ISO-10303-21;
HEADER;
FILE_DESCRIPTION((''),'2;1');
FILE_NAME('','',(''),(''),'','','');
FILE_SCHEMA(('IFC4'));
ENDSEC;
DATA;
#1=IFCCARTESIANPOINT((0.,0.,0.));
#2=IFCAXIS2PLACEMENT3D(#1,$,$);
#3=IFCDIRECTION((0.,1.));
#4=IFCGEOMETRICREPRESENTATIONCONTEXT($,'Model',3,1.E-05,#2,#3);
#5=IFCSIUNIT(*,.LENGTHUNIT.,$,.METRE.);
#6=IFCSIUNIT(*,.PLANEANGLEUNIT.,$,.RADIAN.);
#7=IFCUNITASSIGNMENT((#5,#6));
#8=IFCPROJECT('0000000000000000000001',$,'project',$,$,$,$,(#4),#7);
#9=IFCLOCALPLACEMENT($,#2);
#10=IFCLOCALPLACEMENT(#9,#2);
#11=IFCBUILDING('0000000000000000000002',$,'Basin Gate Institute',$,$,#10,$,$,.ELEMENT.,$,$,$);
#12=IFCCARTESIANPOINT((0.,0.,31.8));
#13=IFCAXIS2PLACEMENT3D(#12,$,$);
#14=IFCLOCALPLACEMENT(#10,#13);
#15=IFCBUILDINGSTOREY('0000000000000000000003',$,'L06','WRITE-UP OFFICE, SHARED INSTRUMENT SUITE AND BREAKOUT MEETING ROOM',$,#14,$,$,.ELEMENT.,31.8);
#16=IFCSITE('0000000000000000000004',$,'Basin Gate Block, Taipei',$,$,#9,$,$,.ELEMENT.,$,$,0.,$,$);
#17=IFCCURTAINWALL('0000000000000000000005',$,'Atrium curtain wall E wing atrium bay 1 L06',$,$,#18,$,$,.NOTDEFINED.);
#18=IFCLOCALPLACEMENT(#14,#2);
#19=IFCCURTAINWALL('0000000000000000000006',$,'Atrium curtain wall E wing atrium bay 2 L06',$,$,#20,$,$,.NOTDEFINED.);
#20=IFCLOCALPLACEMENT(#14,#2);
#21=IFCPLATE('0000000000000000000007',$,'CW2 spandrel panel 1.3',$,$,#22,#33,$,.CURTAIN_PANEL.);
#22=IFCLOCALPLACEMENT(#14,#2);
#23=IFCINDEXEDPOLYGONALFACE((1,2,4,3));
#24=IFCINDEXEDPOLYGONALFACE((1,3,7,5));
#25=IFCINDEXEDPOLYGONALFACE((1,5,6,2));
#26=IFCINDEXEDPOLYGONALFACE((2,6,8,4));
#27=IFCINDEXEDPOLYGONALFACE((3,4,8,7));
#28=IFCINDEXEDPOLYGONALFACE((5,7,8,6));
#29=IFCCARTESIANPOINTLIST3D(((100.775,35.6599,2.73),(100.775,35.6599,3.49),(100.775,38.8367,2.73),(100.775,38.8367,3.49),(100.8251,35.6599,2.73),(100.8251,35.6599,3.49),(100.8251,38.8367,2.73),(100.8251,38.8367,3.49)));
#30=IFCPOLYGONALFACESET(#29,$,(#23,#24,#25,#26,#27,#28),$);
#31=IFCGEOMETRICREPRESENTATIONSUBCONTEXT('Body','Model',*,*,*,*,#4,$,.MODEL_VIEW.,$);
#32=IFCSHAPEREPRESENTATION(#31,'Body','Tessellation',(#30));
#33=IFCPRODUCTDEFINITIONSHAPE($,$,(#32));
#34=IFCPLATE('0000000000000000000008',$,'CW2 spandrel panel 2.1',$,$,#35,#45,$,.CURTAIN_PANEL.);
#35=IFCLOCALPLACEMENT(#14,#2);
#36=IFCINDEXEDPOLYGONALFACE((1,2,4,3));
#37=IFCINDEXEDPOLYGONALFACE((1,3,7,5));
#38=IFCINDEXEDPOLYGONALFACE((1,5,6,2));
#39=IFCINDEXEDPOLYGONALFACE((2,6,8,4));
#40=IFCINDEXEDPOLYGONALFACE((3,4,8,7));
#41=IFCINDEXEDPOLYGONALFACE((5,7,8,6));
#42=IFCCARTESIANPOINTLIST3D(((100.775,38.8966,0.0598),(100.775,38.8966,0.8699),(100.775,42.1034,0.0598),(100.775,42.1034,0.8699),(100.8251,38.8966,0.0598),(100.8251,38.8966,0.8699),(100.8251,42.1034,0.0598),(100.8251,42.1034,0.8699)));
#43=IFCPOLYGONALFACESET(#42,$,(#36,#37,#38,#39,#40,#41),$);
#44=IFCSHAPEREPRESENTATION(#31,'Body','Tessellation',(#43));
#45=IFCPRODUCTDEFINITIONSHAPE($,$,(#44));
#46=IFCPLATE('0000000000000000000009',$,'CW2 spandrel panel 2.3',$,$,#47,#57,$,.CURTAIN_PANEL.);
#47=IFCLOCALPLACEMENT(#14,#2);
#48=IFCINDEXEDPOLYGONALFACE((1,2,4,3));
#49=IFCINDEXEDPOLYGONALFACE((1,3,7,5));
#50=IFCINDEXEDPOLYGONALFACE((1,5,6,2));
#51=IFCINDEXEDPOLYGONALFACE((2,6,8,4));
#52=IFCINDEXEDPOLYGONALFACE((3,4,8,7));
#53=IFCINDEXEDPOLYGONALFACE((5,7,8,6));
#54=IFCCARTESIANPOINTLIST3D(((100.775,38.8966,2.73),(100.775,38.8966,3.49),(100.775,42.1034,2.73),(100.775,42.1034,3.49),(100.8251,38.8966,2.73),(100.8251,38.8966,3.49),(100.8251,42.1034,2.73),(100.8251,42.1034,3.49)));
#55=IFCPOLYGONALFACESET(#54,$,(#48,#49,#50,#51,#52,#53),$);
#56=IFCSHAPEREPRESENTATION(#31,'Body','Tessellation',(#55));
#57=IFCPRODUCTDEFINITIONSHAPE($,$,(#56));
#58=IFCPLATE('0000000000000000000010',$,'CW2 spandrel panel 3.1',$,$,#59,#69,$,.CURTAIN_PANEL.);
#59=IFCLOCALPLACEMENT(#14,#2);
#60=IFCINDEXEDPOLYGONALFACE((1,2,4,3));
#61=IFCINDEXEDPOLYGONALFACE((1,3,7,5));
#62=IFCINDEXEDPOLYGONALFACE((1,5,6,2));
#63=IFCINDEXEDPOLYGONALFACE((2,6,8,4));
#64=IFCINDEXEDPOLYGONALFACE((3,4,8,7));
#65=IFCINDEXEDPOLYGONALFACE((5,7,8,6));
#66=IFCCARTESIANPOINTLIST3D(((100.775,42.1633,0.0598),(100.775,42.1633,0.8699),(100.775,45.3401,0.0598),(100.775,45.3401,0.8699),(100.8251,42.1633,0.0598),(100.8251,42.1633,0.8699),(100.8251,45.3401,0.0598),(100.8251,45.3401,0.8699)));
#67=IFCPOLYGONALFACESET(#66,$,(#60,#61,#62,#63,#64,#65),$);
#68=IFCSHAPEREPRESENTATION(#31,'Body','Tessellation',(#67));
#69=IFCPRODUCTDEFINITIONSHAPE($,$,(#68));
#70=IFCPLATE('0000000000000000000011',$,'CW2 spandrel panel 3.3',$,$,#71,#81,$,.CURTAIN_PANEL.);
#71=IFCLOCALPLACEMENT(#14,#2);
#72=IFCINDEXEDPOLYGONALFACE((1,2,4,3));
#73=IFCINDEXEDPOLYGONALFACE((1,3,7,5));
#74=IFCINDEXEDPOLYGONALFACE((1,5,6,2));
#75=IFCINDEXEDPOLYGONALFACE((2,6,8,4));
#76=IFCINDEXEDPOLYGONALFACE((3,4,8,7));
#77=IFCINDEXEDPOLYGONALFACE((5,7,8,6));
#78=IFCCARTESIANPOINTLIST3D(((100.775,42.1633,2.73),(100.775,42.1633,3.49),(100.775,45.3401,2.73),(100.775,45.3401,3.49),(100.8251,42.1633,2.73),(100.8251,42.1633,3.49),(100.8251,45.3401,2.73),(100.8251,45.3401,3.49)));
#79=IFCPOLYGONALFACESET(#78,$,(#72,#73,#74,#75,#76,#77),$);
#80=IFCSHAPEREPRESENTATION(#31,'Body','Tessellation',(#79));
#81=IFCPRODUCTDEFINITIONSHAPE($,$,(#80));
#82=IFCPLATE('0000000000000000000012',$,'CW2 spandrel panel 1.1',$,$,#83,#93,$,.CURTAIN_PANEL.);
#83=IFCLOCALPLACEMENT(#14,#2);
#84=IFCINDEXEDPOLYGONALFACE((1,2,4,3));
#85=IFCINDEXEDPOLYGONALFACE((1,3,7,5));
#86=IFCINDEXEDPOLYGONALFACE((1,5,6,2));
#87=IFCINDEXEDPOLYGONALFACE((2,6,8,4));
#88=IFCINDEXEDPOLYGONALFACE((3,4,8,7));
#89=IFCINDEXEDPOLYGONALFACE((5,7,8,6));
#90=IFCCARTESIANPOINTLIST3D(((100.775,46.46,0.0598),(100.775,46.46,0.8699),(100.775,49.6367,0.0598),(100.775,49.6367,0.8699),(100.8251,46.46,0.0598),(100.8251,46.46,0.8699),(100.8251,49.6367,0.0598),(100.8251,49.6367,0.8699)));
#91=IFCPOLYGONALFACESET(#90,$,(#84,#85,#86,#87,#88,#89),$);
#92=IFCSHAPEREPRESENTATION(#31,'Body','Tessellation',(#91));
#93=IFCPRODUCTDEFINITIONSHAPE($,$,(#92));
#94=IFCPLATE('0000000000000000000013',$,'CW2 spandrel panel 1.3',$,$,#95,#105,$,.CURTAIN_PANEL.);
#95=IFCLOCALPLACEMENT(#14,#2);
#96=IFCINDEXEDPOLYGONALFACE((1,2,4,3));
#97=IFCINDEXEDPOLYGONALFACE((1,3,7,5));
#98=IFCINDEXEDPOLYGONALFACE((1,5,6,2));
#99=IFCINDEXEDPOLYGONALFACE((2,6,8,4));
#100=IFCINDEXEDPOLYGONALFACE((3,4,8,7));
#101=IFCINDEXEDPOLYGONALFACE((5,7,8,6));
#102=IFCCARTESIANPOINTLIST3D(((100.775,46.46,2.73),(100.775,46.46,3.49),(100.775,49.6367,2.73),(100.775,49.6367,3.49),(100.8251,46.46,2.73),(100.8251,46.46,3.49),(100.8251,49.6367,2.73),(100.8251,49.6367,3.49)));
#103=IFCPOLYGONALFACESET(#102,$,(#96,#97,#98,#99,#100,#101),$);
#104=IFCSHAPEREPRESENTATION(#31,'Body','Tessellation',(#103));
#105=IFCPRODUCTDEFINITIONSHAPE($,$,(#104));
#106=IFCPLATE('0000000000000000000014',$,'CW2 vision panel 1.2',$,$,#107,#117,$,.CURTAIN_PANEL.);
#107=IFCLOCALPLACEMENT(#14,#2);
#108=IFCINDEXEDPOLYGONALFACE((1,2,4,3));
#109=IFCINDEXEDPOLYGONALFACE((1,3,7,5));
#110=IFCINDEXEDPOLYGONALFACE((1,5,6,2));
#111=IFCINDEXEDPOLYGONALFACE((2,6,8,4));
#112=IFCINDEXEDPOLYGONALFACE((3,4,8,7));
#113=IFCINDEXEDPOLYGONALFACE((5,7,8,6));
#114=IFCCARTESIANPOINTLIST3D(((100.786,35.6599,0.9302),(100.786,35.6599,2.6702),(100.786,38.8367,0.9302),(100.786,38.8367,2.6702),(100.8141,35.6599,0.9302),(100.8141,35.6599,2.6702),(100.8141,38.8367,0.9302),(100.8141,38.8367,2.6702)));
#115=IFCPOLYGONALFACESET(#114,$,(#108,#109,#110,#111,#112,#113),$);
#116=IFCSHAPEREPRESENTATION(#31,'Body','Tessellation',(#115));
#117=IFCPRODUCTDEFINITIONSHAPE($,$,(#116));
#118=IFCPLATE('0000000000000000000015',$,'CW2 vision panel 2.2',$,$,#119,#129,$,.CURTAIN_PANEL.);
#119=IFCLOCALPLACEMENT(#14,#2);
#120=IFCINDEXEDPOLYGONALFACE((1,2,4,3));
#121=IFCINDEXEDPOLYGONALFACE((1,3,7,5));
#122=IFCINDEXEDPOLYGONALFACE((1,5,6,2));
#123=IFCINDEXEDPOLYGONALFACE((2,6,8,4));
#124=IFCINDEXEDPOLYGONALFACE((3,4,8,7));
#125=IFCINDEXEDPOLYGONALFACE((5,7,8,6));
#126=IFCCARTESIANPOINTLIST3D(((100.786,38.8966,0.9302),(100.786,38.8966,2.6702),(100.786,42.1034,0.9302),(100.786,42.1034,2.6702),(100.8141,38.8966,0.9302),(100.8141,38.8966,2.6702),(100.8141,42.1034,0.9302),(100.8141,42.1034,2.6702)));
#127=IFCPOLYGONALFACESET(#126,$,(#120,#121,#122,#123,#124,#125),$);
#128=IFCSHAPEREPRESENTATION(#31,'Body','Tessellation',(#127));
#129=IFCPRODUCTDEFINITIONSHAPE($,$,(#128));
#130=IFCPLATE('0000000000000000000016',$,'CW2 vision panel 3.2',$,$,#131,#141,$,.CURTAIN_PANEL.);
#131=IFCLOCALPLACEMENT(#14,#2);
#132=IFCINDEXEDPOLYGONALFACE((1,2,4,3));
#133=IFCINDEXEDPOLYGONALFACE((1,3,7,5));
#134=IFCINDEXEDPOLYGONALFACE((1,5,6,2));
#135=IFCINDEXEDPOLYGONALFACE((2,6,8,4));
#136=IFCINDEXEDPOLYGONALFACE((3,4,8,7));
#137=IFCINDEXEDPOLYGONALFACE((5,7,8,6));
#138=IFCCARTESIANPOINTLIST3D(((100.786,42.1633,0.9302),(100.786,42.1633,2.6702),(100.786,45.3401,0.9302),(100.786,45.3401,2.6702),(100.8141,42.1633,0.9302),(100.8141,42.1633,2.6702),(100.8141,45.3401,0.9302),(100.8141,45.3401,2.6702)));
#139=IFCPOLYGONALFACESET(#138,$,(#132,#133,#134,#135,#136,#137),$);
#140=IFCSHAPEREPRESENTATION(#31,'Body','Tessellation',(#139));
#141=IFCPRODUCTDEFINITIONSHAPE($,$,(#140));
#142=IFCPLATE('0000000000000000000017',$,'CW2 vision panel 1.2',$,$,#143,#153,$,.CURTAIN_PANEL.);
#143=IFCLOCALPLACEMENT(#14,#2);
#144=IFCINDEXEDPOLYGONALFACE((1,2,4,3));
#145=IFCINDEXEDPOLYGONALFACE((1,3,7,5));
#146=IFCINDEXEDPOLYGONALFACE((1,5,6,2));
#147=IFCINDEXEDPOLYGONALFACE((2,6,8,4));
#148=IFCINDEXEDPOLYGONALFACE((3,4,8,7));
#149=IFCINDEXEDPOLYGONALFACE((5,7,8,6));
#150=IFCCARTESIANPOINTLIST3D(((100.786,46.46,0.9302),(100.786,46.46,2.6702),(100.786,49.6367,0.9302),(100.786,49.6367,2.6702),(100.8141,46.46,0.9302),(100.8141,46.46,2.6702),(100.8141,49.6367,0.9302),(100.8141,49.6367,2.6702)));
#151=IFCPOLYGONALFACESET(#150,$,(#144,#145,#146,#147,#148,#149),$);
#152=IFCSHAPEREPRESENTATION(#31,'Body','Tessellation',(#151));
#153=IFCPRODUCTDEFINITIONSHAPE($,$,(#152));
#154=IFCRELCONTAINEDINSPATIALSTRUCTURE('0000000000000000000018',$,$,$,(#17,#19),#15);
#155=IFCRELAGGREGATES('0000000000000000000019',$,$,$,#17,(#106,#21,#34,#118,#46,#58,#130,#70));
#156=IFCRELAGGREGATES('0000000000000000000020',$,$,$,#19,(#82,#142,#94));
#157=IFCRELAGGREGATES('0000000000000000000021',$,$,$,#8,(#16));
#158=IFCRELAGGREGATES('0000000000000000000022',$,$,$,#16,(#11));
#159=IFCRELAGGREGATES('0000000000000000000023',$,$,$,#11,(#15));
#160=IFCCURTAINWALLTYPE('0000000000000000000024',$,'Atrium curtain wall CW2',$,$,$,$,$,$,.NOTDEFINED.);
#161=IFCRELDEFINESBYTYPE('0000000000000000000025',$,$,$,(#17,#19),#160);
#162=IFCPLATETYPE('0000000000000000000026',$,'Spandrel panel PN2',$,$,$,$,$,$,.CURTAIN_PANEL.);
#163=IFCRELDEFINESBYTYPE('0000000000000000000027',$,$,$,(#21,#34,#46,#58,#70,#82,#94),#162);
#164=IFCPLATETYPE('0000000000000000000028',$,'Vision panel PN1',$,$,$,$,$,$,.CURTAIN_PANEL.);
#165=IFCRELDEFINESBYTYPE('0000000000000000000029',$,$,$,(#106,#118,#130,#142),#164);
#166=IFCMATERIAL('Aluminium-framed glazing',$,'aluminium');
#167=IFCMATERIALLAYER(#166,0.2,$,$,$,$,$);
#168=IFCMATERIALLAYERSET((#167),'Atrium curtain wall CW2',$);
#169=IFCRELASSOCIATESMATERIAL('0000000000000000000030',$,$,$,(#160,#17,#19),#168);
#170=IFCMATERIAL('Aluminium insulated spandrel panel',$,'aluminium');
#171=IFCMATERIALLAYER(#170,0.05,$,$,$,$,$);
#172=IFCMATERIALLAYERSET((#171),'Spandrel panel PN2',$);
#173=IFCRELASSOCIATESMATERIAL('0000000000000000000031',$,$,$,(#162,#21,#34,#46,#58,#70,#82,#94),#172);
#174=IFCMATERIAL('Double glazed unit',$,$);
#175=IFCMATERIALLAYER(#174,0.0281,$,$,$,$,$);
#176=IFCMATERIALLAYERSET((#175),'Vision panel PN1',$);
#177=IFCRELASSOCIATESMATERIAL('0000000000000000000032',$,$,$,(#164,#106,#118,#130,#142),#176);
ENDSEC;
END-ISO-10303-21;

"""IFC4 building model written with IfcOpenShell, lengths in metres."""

from ifc_helpers import new_model, si_unit, direction, frame, origin, origin_2d, place, context, subcontext, project, spatial, rectangle, extrude, material, layer, layer_set, type_object, element, aggregate, save


model = new_model("IFC4")

# Units and contexts
model_context = context("Model", 3, precision=1e-05, world=origin(), true_north=direction((0.0, 1.0)))
body_context = subcontext(model_context, "Body", "Model", "MODEL_VIEW")
ifc_project = project(units=[si_unit("LENGTHUNIT", "METRE"), si_unit("PLANEANGLEUNIT", "RADIAN")], contexts=[model_context])

# Site, building, storey
site_placement = place(None, origin())
site = spatial("IfcSite", under=ifc_project, at=site_placement, Name="Basin Gate Block, Taipei", CompositionType="ELEMENT", RefElevation=0.0)
building_placement = place(site_placement, origin())
building = spatial("IfcBuilding", under=site, at=building_placement, Name="Basin Gate Institute", CompositionType="ELEMENT")
storey_placement = place(building_placement, frame((0.0, 0.0, 31.8)))
storey = spatial("IfcBuildingStorey", under=building, at=storey_placement, Name="L06", Description="WRITE-UP OFFICE, SHARED INSTRUMENT SUITE AND BREAKOUT MEETING ROOM", CompositionType="ELEMENT", Elevation=31.8)

# Curtain walls
ifc_material_1 = material(Name="Aluminium-framed glazing", Category="aluminium")
ifc_layer_1 = layer(ifc_material_1, 0.2)
ifc_layer_set_1 = layer_set([ifc_layer_1], Name="Atrium curtain wall CW2")
curtain_wall_type = type_object("IfcCurtainWallType", Name="Atrium curtain wall CW2", PredefinedType="NOTDEFINED", material=ifc_layer_set_1)
curtain_wall_1_placement = place(storey_placement, origin())
curtain_wall_1 = element("IfcCurtainWall", 1, at=curtain_wall_1_placement, inside=storey, type_object=curtain_wall_type, material=ifc_layer_set_1, Name="Atrium curtain wall E wing atrium bay 1 L06", PredefinedType="NOTDEFINED")
curtain_wall_2_placement = place(storey_placement, origin())
curtain_wall_2 = element("IfcCurtainWall", 2, at=curtain_wall_2_placement, inside=storey, type_object=curtain_wall_type, material=ifc_layer_set_1, Name="Atrium curtain wall E wing atrium bay 2 L06", PredefinedType="NOTDEFINED")

# Plates
ifc_material_2 = material(Name="Aluminium insulated spandrel panel", Category="aluminium")
ifc_layer_2 = layer(ifc_material_2, 0.05)
ifc_layer_set_2 = layer_set([ifc_layer_2], Name="Spandrel panel PN2")
plate_type_1 = type_object("IfcPlateType", Name="Spandrel panel PN2", PredefinedType="CURTAIN_PANEL", material=ifc_layer_set_2)
plate_1_placement = place(storey_placement, frame((100.8, 37.2483, 2.73), z_axis=(0.0, 0.0, 1.0), x_axis=(0.0, 1.0, 0.0)))
plate_1 = element("IfcPlate", 3, at=plate_1_placement, type_object=plate_type_1, material=ifc_layer_set_2, Name="CW2 spandrel panel 1.3", PredefinedType="CURTAIN_PANEL", context=body_context, shape_type="SweptSolid", body=[
    extrude(rectangle(XDim=3.1768, YDim=0.05, at=origin_2d()), origin(), (0.0, 0.0, 1.0), 0.76),
])
plate_2_placement = place(storey_placement, frame((100.8, 40.5, 0.0598), z_axis=(0.0, 0.0, 1.0), x_axis=(0.0, 1.0, 0.0)))
plate_2 = element("IfcPlate", 4, at=plate_2_placement, type_object=plate_type_1, material=ifc_layer_set_2, Name="CW2 spandrel panel 2.1", PredefinedType="CURTAIN_PANEL", context=body_context, shape_type="SweptSolid", body=[
    extrude(rectangle(XDim=3.2068, YDim=0.05, at=origin_2d()), origin(), (0.0, 0.0, 1.0), 0.8101),
])
plate_3_placement = place(storey_placement, frame((100.8, 40.5, 2.73), z_axis=(0.0, 0.0, 1.0), x_axis=(0.0, 1.0, 0.0)))
plate_3 = element("IfcPlate", 5, at=plate_3_placement, type_object=plate_type_1, material=ifc_layer_set_2, Name="CW2 spandrel panel 2.3", PredefinedType="CURTAIN_PANEL", context=body_context, shape_type="SweptSolid", body=[
    extrude(rectangle(XDim=3.2068, YDim=0.05, at=origin_2d()), origin(), (0.0, 0.0, 1.0), 0.76),
])
plate_4_placement = place(storey_placement, frame((100.8, 43.7517, 0.0598), z_axis=(0.0, 0.0, 1.0), x_axis=(0.0, 1.0, 0.0)))
plate_4 = element("IfcPlate", 6, at=plate_4_placement, type_object=plate_type_1, material=ifc_layer_set_2, Name="CW2 spandrel panel 3.1", PredefinedType="CURTAIN_PANEL", context=body_context, shape_type="SweptSolid", body=[
    extrude(rectangle(XDim=3.1768, YDim=0.05, at=origin_2d()), origin(), (0.0, 0.0, 1.0), 0.8101),
])
plate_5_placement = place(storey_placement, frame((100.8, 43.7517, 2.73), z_axis=(0.0, 0.0, 1.0), x_axis=(0.0, 1.0, 0.0)))
plate_5 = element("IfcPlate", 7, at=plate_5_placement, type_object=plate_type_1, material=ifc_layer_set_2, Name="CW2 spandrel panel 3.3", PredefinedType="CURTAIN_PANEL", context=body_context, shape_type="SweptSolid", body=[
    extrude(rectangle(XDim=3.1768, YDim=0.05, at=origin_2d()), origin(), (0.0, 0.0, 1.0), 0.76),
])
plate_6_placement = place(storey_placement, frame((100.8, 48.0483, 0.0598), z_axis=(0.0, 0.0, 1.0), x_axis=(0.0, 1.0, 0.0)))
plate_6 = element("IfcPlate", 8, at=plate_6_placement, type_object=plate_type_1, material=ifc_layer_set_2, Name="CW2 spandrel panel 1.1", PredefinedType="CURTAIN_PANEL", context=body_context, shape_type="SweptSolid", body=[
    extrude(rectangle(XDim=3.1768, YDim=0.05, at=origin_2d()), origin(), (0.0, 0.0, 1.0), 0.8101),
])
plate_7_placement = place(storey_placement, frame((100.8, 48.0483, 2.73), z_axis=(0.0, 0.0, 1.0), x_axis=(0.0, 1.0, 0.0)))
plate_7 = element("IfcPlate", 9, at=plate_7_placement, type_object=plate_type_1, material=ifc_layer_set_2, Name="CW2 spandrel panel 1.3", PredefinedType="CURTAIN_PANEL", context=body_context, shape_type="SweptSolid", body=[
    extrude(rectangle(XDim=3.1768, YDim=0.05, at=origin_2d()), origin(), (0.0, 0.0, 1.0), 0.76),
])
ifc_material_3 = material(Name="Double glazed unit")
ifc_layer_3 = layer(ifc_material_3, 0.0281)
ifc_layer_set_3 = layer_set([ifc_layer_3], Name="Vision panel PN1")
plate_type_2 = type_object("IfcPlateType", Name="Vision panel PN1", PredefinedType="CURTAIN_PANEL", material=ifc_layer_set_3)
plate_8_placement = place(storey_placement, frame((100.8, 37.2483, 0.9302), z_axis=(0.0, 0.0, 1.0), x_axis=(0.0, 1.0, 0.0)))
plate_8 = element("IfcPlate", 10, at=plate_8_placement, type_object=plate_type_2, material=ifc_layer_set_3, Name="CW2 vision panel 1.2", PredefinedType="CURTAIN_PANEL", context=body_context, shape_type="SweptSolid", body=[
    extrude(rectangle(XDim=3.1768, YDim=0.0281, at=origin_2d()), origin(), (0.0, 0.0, 1.0), 1.74),
])
plate_9_placement = place(storey_placement, frame((100.8, 40.5, 0.9302), z_axis=(0.0, 0.0, 1.0), x_axis=(0.0, 1.0, 0.0)))
plate_9 = element("IfcPlate", 11, at=plate_9_placement, type_object=plate_type_2, material=ifc_layer_set_3, Name="CW2 vision panel 2.2", PredefinedType="CURTAIN_PANEL", context=body_context, shape_type="SweptSolid", body=[
    extrude(rectangle(XDim=3.2068, YDim=0.0281, at=origin_2d()), origin(), (0.0, 0.0, 1.0), 1.74),
])
plate_10_placement = place(storey_placement, frame((100.8, 43.7517, 0.9302), z_axis=(0.0, 0.0, 1.0), x_axis=(0.0, 1.0, 0.0)))
plate_10 = element("IfcPlate", 12, at=plate_10_placement, type_object=plate_type_2, material=ifc_layer_set_3, Name="CW2 vision panel 3.2", PredefinedType="CURTAIN_PANEL", context=body_context, shape_type="SweptSolid", body=[
    extrude(rectangle(XDim=3.1768, YDim=0.0281, at=origin_2d()), origin(), (0.0, 0.0, 1.0), 1.74),
])
aggregate(curtain_wall_1, [plate_8, plate_1, plate_2, plate_9, plate_3, plate_4, plate_10, plate_5])
plate_11_placement = place(storey_placement, frame((100.8, 48.0483, 0.9302), z_axis=(0.0, 0.0, 1.0), x_axis=(0.0, 1.0, 0.0)))
plate_11 = element("IfcPlate", 13, at=plate_11_placement, type_object=plate_type_2, material=ifc_layer_set_3, Name="CW2 vision panel 1.2", PredefinedType="CURTAIN_PANEL", context=body_context, shape_type="SweptSolid", body=[
    extrude(rectangle(XDim=3.1768, YDim=0.0281, at=origin_2d()), origin(), (0.0, 0.0, 1.0), 1.74),
])
aggregate(curtain_wall_2, [plate_6, plate_11, plate_7])

save(model, "model.ifc")
